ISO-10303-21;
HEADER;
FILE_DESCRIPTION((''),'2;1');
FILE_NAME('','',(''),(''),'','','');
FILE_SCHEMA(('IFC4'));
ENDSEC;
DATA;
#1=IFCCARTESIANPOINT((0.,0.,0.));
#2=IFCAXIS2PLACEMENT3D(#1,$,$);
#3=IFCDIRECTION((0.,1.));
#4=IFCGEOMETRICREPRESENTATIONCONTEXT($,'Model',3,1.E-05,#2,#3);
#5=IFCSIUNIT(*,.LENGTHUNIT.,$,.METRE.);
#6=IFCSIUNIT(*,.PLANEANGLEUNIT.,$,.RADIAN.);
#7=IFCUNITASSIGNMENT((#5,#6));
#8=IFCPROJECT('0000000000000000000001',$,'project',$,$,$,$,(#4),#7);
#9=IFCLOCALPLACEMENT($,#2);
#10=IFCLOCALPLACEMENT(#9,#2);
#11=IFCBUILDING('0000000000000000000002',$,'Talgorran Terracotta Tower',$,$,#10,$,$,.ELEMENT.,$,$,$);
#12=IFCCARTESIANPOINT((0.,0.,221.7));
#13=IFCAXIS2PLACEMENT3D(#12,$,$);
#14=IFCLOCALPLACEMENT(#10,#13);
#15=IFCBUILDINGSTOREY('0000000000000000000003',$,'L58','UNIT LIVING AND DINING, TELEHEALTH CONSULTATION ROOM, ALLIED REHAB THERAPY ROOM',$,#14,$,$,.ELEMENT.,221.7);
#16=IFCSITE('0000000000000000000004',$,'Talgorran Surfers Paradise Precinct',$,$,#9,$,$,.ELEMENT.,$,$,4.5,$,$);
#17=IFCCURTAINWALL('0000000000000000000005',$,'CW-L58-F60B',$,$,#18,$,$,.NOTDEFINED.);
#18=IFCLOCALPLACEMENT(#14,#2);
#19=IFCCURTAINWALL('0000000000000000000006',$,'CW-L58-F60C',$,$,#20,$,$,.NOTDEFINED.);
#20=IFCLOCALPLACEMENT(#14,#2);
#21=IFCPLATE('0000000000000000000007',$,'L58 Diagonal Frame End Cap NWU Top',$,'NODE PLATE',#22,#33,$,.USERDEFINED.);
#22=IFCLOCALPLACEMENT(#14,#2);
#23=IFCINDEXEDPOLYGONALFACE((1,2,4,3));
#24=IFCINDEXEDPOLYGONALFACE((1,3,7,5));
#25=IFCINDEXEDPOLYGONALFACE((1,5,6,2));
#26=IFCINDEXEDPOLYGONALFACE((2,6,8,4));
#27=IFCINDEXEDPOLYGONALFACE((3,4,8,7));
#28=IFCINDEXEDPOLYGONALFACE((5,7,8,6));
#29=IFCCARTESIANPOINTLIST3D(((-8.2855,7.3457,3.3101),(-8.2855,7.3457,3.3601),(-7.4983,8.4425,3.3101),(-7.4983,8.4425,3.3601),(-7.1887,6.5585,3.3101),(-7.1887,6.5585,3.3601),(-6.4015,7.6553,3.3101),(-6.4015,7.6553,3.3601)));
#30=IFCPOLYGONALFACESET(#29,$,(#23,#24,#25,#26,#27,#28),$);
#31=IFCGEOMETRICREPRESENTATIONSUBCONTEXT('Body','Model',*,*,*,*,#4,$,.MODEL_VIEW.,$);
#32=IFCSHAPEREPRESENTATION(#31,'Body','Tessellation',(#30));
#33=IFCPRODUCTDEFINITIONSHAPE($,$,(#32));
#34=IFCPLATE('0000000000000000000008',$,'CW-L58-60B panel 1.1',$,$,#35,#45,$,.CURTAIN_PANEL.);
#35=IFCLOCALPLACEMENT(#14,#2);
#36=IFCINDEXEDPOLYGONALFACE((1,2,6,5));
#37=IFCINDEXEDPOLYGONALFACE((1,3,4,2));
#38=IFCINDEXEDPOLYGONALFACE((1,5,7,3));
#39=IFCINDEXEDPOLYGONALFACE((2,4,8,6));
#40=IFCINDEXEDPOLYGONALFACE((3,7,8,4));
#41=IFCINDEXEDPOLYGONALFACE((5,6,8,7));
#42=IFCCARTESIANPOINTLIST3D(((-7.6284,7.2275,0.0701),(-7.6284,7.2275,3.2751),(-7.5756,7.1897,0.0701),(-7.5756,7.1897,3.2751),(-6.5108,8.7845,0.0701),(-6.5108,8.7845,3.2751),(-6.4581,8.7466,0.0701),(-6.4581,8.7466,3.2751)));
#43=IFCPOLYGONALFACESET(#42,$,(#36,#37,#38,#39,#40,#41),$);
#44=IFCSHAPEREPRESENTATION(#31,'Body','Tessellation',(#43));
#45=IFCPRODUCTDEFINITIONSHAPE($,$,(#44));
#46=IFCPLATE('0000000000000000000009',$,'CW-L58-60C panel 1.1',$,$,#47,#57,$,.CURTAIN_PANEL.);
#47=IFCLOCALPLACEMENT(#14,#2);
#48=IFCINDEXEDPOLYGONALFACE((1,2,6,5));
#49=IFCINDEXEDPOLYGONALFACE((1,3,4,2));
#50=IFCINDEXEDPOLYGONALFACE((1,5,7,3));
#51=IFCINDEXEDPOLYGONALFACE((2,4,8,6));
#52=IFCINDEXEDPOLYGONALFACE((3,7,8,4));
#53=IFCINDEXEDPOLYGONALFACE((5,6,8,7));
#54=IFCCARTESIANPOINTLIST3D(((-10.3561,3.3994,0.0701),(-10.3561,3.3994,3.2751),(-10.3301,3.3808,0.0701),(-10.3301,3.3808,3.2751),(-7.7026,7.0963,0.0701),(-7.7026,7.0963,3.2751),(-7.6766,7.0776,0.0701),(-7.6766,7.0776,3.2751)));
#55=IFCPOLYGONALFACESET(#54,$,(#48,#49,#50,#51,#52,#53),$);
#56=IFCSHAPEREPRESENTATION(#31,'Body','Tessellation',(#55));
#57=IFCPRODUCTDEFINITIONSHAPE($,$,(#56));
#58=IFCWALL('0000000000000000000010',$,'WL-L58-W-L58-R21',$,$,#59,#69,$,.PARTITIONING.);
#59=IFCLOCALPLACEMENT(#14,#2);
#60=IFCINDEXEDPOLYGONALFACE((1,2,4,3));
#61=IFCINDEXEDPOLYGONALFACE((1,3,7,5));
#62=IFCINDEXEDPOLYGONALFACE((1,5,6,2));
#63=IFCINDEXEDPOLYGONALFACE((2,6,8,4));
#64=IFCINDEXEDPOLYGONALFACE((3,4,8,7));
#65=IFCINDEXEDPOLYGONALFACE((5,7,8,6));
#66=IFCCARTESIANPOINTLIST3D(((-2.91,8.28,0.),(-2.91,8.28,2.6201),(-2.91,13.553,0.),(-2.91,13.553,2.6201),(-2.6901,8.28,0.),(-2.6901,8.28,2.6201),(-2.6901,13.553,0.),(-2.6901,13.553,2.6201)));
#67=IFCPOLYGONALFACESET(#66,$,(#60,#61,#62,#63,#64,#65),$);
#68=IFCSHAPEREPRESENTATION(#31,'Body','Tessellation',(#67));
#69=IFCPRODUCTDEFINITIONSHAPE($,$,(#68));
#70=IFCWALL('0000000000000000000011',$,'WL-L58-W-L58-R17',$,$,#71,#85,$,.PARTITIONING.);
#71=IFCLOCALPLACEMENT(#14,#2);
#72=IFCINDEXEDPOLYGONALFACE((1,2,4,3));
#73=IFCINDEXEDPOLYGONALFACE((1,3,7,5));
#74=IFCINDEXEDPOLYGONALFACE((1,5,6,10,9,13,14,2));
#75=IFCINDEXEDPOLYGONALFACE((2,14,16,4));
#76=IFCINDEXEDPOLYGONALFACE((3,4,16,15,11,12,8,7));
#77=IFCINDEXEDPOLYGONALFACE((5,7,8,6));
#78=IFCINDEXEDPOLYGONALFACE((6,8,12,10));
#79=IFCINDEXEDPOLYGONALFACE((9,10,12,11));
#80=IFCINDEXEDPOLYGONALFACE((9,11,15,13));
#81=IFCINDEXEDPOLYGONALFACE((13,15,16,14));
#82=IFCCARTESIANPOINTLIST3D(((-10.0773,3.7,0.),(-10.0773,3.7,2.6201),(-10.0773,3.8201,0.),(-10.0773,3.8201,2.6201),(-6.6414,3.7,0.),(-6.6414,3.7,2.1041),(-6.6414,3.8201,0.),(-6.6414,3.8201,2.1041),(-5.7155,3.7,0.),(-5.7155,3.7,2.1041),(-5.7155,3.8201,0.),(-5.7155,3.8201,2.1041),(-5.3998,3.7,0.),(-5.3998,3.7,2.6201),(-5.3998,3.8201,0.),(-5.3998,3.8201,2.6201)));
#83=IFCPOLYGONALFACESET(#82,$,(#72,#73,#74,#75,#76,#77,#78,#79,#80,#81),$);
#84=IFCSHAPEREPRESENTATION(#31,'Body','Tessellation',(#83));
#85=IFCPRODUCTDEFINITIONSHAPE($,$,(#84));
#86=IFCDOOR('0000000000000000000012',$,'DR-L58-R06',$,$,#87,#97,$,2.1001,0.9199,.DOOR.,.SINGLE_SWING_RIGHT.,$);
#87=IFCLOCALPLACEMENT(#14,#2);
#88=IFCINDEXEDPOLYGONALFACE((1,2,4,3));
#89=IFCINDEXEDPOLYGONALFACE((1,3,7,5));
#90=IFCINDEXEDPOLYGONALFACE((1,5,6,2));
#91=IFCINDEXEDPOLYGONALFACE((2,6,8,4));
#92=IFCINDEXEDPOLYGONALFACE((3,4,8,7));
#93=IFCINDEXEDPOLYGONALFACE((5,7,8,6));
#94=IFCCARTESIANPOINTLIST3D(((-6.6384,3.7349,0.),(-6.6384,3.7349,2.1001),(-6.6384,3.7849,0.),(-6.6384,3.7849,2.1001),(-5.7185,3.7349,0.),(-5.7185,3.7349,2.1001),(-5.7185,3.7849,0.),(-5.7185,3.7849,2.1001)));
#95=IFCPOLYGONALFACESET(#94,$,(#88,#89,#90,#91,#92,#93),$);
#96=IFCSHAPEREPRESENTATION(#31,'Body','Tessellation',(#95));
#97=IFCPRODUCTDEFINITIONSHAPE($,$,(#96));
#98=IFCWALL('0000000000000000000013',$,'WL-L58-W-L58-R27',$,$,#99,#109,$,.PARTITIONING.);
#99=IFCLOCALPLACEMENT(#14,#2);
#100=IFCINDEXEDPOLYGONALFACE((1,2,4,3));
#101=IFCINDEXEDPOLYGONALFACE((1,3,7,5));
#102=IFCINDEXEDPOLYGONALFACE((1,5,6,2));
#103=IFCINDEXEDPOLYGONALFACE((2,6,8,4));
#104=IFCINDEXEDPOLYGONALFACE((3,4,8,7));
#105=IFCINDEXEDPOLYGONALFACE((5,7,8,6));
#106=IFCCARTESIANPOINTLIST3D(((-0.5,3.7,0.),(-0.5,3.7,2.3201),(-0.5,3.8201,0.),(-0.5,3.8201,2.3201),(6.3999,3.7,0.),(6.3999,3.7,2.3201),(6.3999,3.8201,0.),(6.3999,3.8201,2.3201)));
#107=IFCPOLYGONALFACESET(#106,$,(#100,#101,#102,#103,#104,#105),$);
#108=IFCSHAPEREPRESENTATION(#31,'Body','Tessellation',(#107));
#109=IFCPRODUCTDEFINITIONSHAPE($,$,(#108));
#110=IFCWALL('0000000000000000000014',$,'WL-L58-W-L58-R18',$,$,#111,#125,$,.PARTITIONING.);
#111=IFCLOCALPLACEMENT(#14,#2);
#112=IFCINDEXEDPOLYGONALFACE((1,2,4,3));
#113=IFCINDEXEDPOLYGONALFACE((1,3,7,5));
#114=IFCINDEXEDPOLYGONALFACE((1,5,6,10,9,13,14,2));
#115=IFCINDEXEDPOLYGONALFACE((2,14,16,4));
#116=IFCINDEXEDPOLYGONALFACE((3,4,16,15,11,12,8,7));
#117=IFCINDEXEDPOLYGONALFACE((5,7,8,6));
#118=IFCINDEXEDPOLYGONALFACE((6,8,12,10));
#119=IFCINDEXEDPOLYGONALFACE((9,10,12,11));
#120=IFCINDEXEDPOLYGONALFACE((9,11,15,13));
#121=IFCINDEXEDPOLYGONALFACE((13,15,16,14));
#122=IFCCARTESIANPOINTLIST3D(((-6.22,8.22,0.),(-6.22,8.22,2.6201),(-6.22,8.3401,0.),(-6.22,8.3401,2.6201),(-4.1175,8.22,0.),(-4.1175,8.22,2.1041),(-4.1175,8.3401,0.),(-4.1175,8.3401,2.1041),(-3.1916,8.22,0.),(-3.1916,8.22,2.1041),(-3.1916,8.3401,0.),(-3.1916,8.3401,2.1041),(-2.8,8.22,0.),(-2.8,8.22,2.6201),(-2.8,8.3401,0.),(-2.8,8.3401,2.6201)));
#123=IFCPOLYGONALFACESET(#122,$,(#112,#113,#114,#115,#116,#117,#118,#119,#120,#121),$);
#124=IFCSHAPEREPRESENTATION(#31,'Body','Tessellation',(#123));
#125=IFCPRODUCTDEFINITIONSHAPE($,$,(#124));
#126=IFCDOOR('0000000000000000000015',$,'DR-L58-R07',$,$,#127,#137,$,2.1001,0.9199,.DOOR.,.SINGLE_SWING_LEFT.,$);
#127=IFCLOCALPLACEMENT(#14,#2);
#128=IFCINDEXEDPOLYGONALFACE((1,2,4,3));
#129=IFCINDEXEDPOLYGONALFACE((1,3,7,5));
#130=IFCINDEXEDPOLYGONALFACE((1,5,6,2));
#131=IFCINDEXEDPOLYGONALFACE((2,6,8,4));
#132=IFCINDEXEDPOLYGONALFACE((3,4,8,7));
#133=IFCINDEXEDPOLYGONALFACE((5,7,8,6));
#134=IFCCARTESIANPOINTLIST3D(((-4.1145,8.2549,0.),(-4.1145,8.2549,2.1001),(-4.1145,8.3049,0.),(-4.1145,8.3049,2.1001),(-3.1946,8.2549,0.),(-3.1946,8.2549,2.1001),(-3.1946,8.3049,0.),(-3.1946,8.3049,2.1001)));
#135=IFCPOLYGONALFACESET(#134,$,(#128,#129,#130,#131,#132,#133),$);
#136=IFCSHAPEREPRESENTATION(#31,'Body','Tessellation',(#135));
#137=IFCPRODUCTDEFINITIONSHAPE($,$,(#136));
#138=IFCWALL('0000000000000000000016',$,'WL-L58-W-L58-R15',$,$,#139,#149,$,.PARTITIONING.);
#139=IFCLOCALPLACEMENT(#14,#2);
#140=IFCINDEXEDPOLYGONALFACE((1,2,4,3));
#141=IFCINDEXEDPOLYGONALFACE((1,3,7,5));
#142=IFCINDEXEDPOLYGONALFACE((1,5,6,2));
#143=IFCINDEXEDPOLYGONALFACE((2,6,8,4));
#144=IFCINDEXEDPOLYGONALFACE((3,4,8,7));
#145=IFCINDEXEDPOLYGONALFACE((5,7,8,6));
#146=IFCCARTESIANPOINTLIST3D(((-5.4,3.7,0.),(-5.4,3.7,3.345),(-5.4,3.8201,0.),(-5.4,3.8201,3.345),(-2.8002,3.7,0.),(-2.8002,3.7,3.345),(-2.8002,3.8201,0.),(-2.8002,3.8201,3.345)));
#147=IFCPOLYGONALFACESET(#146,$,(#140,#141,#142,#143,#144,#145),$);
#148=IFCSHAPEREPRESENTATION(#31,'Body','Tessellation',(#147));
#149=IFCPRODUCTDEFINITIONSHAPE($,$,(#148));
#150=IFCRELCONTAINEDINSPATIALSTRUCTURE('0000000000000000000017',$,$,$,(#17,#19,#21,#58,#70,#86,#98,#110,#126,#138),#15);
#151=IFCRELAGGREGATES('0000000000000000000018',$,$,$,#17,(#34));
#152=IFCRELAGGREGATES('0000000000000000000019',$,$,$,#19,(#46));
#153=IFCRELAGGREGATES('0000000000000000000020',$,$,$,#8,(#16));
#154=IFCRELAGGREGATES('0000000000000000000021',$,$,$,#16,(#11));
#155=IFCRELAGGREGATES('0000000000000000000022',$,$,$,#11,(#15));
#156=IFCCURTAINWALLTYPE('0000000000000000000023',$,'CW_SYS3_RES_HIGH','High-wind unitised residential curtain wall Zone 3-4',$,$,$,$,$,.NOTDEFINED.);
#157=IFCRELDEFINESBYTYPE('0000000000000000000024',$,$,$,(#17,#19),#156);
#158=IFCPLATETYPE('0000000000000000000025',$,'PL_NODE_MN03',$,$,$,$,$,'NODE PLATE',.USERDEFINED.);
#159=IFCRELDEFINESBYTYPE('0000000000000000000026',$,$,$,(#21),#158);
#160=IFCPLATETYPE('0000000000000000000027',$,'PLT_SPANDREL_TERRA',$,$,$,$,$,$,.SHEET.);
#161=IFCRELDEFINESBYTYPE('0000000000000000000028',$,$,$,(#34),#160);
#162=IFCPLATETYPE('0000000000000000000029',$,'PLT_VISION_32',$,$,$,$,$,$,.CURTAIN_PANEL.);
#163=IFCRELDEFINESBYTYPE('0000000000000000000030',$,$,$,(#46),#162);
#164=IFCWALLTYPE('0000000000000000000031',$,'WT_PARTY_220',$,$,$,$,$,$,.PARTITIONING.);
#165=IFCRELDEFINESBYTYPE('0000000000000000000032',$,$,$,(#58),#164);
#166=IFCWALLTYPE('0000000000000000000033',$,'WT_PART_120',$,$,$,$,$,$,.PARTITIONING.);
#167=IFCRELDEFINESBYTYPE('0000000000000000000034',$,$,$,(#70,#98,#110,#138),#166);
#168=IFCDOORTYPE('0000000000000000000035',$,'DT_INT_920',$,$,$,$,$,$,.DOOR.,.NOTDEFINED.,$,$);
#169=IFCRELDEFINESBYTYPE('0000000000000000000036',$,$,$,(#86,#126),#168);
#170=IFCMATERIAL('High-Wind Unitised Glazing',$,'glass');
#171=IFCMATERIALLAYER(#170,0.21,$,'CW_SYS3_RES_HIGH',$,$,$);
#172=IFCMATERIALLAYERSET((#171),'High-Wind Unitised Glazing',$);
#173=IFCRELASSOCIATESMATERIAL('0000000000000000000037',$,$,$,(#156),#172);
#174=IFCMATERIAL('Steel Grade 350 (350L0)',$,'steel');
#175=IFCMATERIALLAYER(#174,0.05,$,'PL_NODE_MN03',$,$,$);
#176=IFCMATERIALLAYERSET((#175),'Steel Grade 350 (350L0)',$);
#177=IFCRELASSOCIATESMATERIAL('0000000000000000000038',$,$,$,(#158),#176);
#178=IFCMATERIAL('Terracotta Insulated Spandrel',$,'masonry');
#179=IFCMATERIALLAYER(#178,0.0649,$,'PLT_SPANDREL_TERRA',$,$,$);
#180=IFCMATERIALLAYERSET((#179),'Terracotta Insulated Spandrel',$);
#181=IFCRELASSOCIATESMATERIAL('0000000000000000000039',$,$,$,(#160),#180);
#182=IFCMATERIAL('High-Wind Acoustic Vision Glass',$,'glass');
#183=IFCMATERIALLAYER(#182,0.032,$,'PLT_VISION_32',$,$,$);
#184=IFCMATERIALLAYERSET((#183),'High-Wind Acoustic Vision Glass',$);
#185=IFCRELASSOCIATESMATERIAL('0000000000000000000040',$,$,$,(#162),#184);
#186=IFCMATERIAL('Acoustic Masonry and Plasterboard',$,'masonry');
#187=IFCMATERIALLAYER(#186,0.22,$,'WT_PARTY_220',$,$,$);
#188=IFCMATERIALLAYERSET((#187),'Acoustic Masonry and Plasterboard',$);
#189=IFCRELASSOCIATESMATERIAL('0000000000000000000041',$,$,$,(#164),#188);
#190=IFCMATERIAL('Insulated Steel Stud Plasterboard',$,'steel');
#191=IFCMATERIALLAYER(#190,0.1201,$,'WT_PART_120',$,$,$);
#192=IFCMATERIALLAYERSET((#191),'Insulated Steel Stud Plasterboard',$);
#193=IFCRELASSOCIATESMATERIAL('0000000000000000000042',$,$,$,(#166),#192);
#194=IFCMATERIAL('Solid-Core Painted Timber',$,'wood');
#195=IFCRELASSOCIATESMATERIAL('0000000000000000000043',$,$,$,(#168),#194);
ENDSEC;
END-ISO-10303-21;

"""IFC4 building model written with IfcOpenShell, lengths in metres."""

from ifc_helpers import new_model, si_unit, direction, frame, frame_2d, origin, origin_2d, place, context, subcontext, project, spatial, rectangle, extrude, source, transform, mapped, material, layer, layer_set, type_object, type_shapes, element, fill, aggregate, save


model = new_model("IFC4")

# Units and contexts
model_context = context("Model", 3, precision=1e-05, world=origin(), true_north=direction((0.0, 1.0)))
body_context = subcontext(model_context, "Body", "Model", "MODEL_VIEW")
ifc_project = project(units=[si_unit("LENGTHUNIT", "METRE"), si_unit("PLANEANGLEUNIT", "RADIAN")], contexts=[model_context])

# Site, building, storey
site_placement = place(None, origin())
site = spatial("IfcSite", under=ifc_project, at=site_placement, Name="Talgorran Surfers Paradise Precinct", CompositionType="ELEMENT", RefElevation=4.5)
building_placement = place(site_placement, origin())
building = spatial("IfcBuilding", under=site, at=building_placement, Name="Talgorran Terracotta Tower", CompositionType="ELEMENT")
storey_placement = place(building_placement, frame((0.0, 0.0, 221.7)))
storey = spatial("IfcBuildingStorey", under=building, at=storey_placement, Name="L58", Description="UNIT LIVING AND DINING, TELEHEALTH CONSULTATION ROOM, ALLIED REHAB THERAPY ROOM", CompositionType="ELEMENT", Elevation=221.7)

# Shared definitions
ifc_material_1 = material(Name="Steel Grade 350 (350L0)", Category="steel")

# Curtain wall
ifc_material_2 = material(Name="High-Wind Unitised Glazing", Category="glass")
ifc_layer_1 = layer(ifc_material_2, 0.21, Name="CW_SYS3_RES_HIGH")
ifc_layer_set_1 = layer_set([ifc_layer_1], Name="High-Wind Unitised Glazing")
curtain_wall_type = type_object("IfcCurtainWallType", Name="CW_SYS3_RES_HIGH", Description="High-wind unitised residential curtain wall Zone 3-4", PredefinedType="NOTDEFINED", material=ifc_layer_set_1)
curtain_wall_1_placement = place(storey_placement, origin())
curtain_wall_1 = element("IfcCurtainWall", 1, at=curtain_wall_1_placement, inside=storey, type_object=curtain_wall_type, Name="CW-L58-F60B", PredefinedType="NOTDEFINED")

# Curtain wall
curtain_wall_2_placement = place(storey_placement, origin())
curtain_wall_2 = element("IfcCurtainWall", 2, at=curtain_wall_2_placement, inside=storey, type_object=curtain_wall_type, Name="CW-L58-F60C", PredefinedType="NOTDEFINED")

# Plates
ifc_layer_2 = layer(ifc_material_1, 0.05, Name="PL_NODE_MN03")
ifc_layer_set_2 = layer_set([ifc_layer_2], Name="Steel Grade 350 (350L0)")
plate_type_1 = type_object("IfcPlateType", Name="PL_NODE_MN03", ElementType="NODE PLATE", PredefinedType="USERDEFINED", material=ifc_layer_set_2)
plate_1_placement = place(storey_placement, frame((-7.3435, 7.5005, 3.3101), z_axis=(0.0, 0.0, 1.0), x_axis=(-0.583116, -0.812389, 0.0)))
element("IfcPlate", 3, at=plate_1_placement, inside=storey, type_object=plate_type_1, Name="L58 Diagonal Frame End Cap NWU Top", ObjectType="NODE PLATE", PredefinedType="USERDEFINED", context=body_context, shape_type="SweptSolid", body=[
    extrude(rectangle(XDim=1.3501, YDim=1.3501, at=origin_2d()), origin(), (0.0, 0.0, 1.0), 0.05),
])
ifc_material_3 = material(Name="Terracotta Insulated Spandrel", Category="masonry")
ifc_layer_3 = layer(ifc_material_3, 0.0649, Name="PLT_SPANDREL_TERRA")
ifc_layer_set_3 = layer_set([ifc_layer_3], Name="Terracotta Insulated Spandrel")
plate_type_2 = type_object("IfcPlateType", Name="PLT_SPANDREL_TERRA", PredefinedType="SHEET", material=ifc_layer_set_3)
shared_shape_1 = source(origin(), body_context, "Body", "SweptSolid", [
    extrude(rectangle(XDim=1.9165, YDim=0.0649, at=origin_2d()), origin(), (0.0, 0.0, 1.0), 3.2051),
])
type_shapes(plate_type_2, [shared_shape_1])
plate_2_placement = place(storey_placement, frame((-7.0432, 7.9871, 0.0701), z_axis=(0.0, 0.0, 1.0), x_axis=(-0.583118, -0.812388, 0.0)))
plate_2 = element("IfcPlate", 4, at=plate_2_placement, type_object=plate_type_2, Name="CW-L58-60B panel 1.1", PredefinedType="CURTAIN_PANEL", context=body_context, shape_type="MappedRepresentation", body=[
    mapped(shared_shape_1, transform((0.0, 0.0, 0.0), scale=1.0)),
])
aggregate(curtain_wall_1, [plate_2])
ifc_material_4 = material(Name="High-Wind Acoustic Vision Glass", Category="glass")
ifc_layer_4 = layer(ifc_material_4, 0.032, Name="PLT_VISION_32")
ifc_layer_set_4 = layer_set([ifc_layer_4], Name="High-Wind Acoustic Vision Glass")
plate_type_3 = type_object("IfcPlateType", Name="PLT_VISION_32", PredefinedType="CURTAIN_PANEL", material=ifc_layer_set_4)
shared_shape_2 = source(origin(), body_context, "Body", "SweptSolid", [
    extrude(rectangle(XDim=4.5505, YDim=0.032, at=origin_2d()), origin(), (0.0, 0.0, 1.0), 3.2051),
])
type_shapes(plate_type_3, [shared_shape_2])
plate_3_placement = place(storey_placement, frame((-9.0164, 5.2385, 0.0701), z_axis=(0.0, 0.0, 1.0), x_axis=(-0.583116, -0.812389, 0.0)))
plate_3 = element("IfcPlate", 5, at=plate_3_placement, type_object=plate_type_3, Name="CW-L58-60C panel 1.1", PredefinedType="CURTAIN_PANEL", context=body_context, shape_type="MappedRepresentation", body=[
    mapped(shared_shape_2, transform((0.0, 0.0, 0.0), scale=1.0)),
])
aggregate(curtain_wall_2, [plate_3])

# Wall
ifc_material_5 = material(Name="Acoustic Masonry and Plasterboard", Category="masonry")
ifc_layer_5 = layer(ifc_material_5, 0.22, Name="WT_PARTY_220")
ifc_layer_set_5 = layer_set([ifc_layer_5], Name="Acoustic Masonry and Plasterboard")
wall_type_1 = type_object("IfcWallType", Name="WT_PARTY_220", PredefinedType="PARTITIONING", material=ifc_layer_set_5)
wall_1_placement = place(storey_placement, frame((-2.8, 8.28, 0.0), z_axis=(0.0, 0.0, 1.0), x_axis=(0.0, 1.0, 0.0)))
element("IfcWall", 6, at=wall_1_placement, inside=storey, type_object=wall_type_1, Name="WL-L58-W-L58-R21", PredefinedType="PARTITIONING", context=body_context, shape_type="SweptSolid", body=[
    extrude(rectangle(XDim=5.2729, YDim=0.22, at=frame_2d((2.6365, 0.0))), origin(), (0.0, 0.0, 1.0), 2.6201),
])

# Wall, opening, door
ifc_material_6 = material(Name="Insulated Steel Stud Plasterboard", Category="steel")
ifc_layer_6 = layer(ifc_material_6, 0.1201, Name="WT_PART_120")
ifc_layer_set_6 = layer_set([ifc_layer_6], Name="Insulated Steel Stud Plasterboard")
wall_type_2 = type_object("IfcWallType", Name="WT_PART_120", PredefinedType="PARTITIONING", material=ifc_layer_set_6)
wall_2_placement = place(storey_placement, frame((-10.0774, 3.76, 0.0), z_axis=(0.0, 0.0, 1.0), x_axis=(1.0, 0.0, 0.0)))
wall_2 = element("IfcWall", 7, at=wall_2_placement, inside=storey, type_object=wall_type_2, Name="WL-L58-W-L58-R17", PredefinedType="PARTITIONING", context=body_context, shape_type="SweptSolid", body=[
    extrude(rectangle(XDim=4.6775, YDim=0.1201, at=frame_2d((2.3389, 0.0))), origin(), (0.0, 0.0, 1.0), 2.6201),
])
opening_1_placement = place(wall_2_placement, frame((3.439, 0.0, 0.0)))
opening_1 = element("IfcOpeningElement", 8, at=opening_1_placement, cuts=wall_2, PredefinedType="OPENING", context=body_context, shape_type="SweptSolid", body=[
    extrude(rectangle(XDim=0.9259, YDim=2.1041, at=frame_2d((0.46, 1.052))), frame((0.0, 0.0701, 0.0), z_axis=(0.0, -1.0, 0.0), x_axis=(1.0, 0.0, 0.0)), (0.0, 0.0, 1.0), 0.1401),
])
ifc_material_7 = material(Name="Solid-Core Painted Timber", Category="wood")
door_type = type_object("IfcDoorType", Name="DT_INT_920", OperationType="NOTDEFINED", PredefinedType="DOOR", material=ifc_material_7)
door_1_placement = place(opening_1_placement, origin())
door_1 = element("IfcDoor", 9, at=door_1_placement, inside=storey, type_object=door_type, Name="DR-L58-R06", OperationType="SINGLE_SWING_RIGHT", OverallHeight=2.1001, OverallWidth=0.9199, PredefinedType="DOOR", context=body_context, shape_type="SweptSolid", body=[
    extrude(rectangle(XDim=0.9199, YDim=2.1001, at=frame_2d((0.46, 1.05))), frame((0.0, 0.0249, 0.0), z_axis=(0.0, -1.0, 0.0), x_axis=(1.0, 0.0, 0.0)), (0.0, 0.0, 1.0), 0.05),
])
fill(opening_1, door_1)

# Wall
wall_3_placement = place(storey_placement, frame((-0.5, 3.76, 0.0), z_axis=(0.0, 0.0, 1.0), x_axis=(1.0, 0.0, 0.0)))
element("IfcWall", 10, at=wall_3_placement, inside=storey, type_object=wall_type_2, Name="WL-L58-W-L58-R27", PredefinedType="PARTITIONING", context=body_context, shape_type="SweptSolid", body=[
    extrude(rectangle(XDim=6.8999, YDim=0.1201, at=frame_2d((3.45, 0.0))), origin(), (0.0, 0.0, 1.0), 2.3201),
])

# Wall, opening, door
wall_4_placement = place(storey_placement, frame((-6.22, 8.28, 0.0), z_axis=(0.0, 0.0, 1.0), x_axis=(1.0, 0.0, 0.0)))
wall_4 = element("IfcWall", 11, at=wall_4_placement, inside=storey, type_object=wall_type_2, Name="WL-L58-W-L58-R18", PredefinedType="PARTITIONING", context=body_context, shape_type="SweptSolid", body=[
    extrude(rectangle(XDim=3.4199, YDim=0.1201, at=frame_2d((1.71, 0.0))), origin(), (0.0, 0.0, 1.0), 2.6201),
])
opening_2_placement = place(wall_4_placement, frame((2.1055, 0.0, 0.0)))
opening_2 = element("IfcOpeningElement", 12, at=opening_2_placement, cuts=wall_4, PredefinedType="OPENING", context=body_context, shape_type="SweptSolid", body=[
    extrude(rectangle(XDim=0.9259, YDim=2.1041, at=frame_2d((0.46, 1.052))), frame((0.0, 0.0701, 0.0), z_axis=(0.0, -1.0, 0.0), x_axis=(1.0, 0.0, 0.0)), (0.0, 0.0, 1.0), 0.1401),
])
door_2_placement = place(opening_2_placement, origin())
door_2 = element("IfcDoor", 13, at=door_2_placement, inside=storey, type_object=door_type, Name="DR-L58-R07", OperationType="SINGLE_SWING_LEFT", OverallHeight=2.1001, OverallWidth=0.9199, PredefinedType="DOOR", context=body_context, shape_type="SweptSolid", body=[
    extrude(rectangle(XDim=0.9199, YDim=2.1001, at=frame_2d((0.46, 1.05))), frame((0.0, 0.0249, 0.0), z_axis=(0.0, -1.0, 0.0), x_axis=(1.0, 0.0, 0.0)), (0.0, 0.0, 1.0), 0.05),
])
fill(opening_2, door_2)

# Wall
wall_5_placement = place(storey_placement, frame((-5.3999, 3.76, 0.0), z_axis=(0.0, 0.0, 1.0), x_axis=(1.0, 0.0, 0.0)))
element("IfcWall", 14, at=wall_5_placement, inside=storey, type_object=wall_type_2, Name="WL-L58-W-L58-R15", PredefinedType="PARTITIONING", context=body_context, shape_type="SweptSolid", body=[
    extrude(rectangle(XDim=2.5999, YDim=0.1201, at=frame_2d((1.2998, 0.0))), origin(), (0.0, 0.0, 1.0), 3.345),
])

save(model, "model.ifc")
